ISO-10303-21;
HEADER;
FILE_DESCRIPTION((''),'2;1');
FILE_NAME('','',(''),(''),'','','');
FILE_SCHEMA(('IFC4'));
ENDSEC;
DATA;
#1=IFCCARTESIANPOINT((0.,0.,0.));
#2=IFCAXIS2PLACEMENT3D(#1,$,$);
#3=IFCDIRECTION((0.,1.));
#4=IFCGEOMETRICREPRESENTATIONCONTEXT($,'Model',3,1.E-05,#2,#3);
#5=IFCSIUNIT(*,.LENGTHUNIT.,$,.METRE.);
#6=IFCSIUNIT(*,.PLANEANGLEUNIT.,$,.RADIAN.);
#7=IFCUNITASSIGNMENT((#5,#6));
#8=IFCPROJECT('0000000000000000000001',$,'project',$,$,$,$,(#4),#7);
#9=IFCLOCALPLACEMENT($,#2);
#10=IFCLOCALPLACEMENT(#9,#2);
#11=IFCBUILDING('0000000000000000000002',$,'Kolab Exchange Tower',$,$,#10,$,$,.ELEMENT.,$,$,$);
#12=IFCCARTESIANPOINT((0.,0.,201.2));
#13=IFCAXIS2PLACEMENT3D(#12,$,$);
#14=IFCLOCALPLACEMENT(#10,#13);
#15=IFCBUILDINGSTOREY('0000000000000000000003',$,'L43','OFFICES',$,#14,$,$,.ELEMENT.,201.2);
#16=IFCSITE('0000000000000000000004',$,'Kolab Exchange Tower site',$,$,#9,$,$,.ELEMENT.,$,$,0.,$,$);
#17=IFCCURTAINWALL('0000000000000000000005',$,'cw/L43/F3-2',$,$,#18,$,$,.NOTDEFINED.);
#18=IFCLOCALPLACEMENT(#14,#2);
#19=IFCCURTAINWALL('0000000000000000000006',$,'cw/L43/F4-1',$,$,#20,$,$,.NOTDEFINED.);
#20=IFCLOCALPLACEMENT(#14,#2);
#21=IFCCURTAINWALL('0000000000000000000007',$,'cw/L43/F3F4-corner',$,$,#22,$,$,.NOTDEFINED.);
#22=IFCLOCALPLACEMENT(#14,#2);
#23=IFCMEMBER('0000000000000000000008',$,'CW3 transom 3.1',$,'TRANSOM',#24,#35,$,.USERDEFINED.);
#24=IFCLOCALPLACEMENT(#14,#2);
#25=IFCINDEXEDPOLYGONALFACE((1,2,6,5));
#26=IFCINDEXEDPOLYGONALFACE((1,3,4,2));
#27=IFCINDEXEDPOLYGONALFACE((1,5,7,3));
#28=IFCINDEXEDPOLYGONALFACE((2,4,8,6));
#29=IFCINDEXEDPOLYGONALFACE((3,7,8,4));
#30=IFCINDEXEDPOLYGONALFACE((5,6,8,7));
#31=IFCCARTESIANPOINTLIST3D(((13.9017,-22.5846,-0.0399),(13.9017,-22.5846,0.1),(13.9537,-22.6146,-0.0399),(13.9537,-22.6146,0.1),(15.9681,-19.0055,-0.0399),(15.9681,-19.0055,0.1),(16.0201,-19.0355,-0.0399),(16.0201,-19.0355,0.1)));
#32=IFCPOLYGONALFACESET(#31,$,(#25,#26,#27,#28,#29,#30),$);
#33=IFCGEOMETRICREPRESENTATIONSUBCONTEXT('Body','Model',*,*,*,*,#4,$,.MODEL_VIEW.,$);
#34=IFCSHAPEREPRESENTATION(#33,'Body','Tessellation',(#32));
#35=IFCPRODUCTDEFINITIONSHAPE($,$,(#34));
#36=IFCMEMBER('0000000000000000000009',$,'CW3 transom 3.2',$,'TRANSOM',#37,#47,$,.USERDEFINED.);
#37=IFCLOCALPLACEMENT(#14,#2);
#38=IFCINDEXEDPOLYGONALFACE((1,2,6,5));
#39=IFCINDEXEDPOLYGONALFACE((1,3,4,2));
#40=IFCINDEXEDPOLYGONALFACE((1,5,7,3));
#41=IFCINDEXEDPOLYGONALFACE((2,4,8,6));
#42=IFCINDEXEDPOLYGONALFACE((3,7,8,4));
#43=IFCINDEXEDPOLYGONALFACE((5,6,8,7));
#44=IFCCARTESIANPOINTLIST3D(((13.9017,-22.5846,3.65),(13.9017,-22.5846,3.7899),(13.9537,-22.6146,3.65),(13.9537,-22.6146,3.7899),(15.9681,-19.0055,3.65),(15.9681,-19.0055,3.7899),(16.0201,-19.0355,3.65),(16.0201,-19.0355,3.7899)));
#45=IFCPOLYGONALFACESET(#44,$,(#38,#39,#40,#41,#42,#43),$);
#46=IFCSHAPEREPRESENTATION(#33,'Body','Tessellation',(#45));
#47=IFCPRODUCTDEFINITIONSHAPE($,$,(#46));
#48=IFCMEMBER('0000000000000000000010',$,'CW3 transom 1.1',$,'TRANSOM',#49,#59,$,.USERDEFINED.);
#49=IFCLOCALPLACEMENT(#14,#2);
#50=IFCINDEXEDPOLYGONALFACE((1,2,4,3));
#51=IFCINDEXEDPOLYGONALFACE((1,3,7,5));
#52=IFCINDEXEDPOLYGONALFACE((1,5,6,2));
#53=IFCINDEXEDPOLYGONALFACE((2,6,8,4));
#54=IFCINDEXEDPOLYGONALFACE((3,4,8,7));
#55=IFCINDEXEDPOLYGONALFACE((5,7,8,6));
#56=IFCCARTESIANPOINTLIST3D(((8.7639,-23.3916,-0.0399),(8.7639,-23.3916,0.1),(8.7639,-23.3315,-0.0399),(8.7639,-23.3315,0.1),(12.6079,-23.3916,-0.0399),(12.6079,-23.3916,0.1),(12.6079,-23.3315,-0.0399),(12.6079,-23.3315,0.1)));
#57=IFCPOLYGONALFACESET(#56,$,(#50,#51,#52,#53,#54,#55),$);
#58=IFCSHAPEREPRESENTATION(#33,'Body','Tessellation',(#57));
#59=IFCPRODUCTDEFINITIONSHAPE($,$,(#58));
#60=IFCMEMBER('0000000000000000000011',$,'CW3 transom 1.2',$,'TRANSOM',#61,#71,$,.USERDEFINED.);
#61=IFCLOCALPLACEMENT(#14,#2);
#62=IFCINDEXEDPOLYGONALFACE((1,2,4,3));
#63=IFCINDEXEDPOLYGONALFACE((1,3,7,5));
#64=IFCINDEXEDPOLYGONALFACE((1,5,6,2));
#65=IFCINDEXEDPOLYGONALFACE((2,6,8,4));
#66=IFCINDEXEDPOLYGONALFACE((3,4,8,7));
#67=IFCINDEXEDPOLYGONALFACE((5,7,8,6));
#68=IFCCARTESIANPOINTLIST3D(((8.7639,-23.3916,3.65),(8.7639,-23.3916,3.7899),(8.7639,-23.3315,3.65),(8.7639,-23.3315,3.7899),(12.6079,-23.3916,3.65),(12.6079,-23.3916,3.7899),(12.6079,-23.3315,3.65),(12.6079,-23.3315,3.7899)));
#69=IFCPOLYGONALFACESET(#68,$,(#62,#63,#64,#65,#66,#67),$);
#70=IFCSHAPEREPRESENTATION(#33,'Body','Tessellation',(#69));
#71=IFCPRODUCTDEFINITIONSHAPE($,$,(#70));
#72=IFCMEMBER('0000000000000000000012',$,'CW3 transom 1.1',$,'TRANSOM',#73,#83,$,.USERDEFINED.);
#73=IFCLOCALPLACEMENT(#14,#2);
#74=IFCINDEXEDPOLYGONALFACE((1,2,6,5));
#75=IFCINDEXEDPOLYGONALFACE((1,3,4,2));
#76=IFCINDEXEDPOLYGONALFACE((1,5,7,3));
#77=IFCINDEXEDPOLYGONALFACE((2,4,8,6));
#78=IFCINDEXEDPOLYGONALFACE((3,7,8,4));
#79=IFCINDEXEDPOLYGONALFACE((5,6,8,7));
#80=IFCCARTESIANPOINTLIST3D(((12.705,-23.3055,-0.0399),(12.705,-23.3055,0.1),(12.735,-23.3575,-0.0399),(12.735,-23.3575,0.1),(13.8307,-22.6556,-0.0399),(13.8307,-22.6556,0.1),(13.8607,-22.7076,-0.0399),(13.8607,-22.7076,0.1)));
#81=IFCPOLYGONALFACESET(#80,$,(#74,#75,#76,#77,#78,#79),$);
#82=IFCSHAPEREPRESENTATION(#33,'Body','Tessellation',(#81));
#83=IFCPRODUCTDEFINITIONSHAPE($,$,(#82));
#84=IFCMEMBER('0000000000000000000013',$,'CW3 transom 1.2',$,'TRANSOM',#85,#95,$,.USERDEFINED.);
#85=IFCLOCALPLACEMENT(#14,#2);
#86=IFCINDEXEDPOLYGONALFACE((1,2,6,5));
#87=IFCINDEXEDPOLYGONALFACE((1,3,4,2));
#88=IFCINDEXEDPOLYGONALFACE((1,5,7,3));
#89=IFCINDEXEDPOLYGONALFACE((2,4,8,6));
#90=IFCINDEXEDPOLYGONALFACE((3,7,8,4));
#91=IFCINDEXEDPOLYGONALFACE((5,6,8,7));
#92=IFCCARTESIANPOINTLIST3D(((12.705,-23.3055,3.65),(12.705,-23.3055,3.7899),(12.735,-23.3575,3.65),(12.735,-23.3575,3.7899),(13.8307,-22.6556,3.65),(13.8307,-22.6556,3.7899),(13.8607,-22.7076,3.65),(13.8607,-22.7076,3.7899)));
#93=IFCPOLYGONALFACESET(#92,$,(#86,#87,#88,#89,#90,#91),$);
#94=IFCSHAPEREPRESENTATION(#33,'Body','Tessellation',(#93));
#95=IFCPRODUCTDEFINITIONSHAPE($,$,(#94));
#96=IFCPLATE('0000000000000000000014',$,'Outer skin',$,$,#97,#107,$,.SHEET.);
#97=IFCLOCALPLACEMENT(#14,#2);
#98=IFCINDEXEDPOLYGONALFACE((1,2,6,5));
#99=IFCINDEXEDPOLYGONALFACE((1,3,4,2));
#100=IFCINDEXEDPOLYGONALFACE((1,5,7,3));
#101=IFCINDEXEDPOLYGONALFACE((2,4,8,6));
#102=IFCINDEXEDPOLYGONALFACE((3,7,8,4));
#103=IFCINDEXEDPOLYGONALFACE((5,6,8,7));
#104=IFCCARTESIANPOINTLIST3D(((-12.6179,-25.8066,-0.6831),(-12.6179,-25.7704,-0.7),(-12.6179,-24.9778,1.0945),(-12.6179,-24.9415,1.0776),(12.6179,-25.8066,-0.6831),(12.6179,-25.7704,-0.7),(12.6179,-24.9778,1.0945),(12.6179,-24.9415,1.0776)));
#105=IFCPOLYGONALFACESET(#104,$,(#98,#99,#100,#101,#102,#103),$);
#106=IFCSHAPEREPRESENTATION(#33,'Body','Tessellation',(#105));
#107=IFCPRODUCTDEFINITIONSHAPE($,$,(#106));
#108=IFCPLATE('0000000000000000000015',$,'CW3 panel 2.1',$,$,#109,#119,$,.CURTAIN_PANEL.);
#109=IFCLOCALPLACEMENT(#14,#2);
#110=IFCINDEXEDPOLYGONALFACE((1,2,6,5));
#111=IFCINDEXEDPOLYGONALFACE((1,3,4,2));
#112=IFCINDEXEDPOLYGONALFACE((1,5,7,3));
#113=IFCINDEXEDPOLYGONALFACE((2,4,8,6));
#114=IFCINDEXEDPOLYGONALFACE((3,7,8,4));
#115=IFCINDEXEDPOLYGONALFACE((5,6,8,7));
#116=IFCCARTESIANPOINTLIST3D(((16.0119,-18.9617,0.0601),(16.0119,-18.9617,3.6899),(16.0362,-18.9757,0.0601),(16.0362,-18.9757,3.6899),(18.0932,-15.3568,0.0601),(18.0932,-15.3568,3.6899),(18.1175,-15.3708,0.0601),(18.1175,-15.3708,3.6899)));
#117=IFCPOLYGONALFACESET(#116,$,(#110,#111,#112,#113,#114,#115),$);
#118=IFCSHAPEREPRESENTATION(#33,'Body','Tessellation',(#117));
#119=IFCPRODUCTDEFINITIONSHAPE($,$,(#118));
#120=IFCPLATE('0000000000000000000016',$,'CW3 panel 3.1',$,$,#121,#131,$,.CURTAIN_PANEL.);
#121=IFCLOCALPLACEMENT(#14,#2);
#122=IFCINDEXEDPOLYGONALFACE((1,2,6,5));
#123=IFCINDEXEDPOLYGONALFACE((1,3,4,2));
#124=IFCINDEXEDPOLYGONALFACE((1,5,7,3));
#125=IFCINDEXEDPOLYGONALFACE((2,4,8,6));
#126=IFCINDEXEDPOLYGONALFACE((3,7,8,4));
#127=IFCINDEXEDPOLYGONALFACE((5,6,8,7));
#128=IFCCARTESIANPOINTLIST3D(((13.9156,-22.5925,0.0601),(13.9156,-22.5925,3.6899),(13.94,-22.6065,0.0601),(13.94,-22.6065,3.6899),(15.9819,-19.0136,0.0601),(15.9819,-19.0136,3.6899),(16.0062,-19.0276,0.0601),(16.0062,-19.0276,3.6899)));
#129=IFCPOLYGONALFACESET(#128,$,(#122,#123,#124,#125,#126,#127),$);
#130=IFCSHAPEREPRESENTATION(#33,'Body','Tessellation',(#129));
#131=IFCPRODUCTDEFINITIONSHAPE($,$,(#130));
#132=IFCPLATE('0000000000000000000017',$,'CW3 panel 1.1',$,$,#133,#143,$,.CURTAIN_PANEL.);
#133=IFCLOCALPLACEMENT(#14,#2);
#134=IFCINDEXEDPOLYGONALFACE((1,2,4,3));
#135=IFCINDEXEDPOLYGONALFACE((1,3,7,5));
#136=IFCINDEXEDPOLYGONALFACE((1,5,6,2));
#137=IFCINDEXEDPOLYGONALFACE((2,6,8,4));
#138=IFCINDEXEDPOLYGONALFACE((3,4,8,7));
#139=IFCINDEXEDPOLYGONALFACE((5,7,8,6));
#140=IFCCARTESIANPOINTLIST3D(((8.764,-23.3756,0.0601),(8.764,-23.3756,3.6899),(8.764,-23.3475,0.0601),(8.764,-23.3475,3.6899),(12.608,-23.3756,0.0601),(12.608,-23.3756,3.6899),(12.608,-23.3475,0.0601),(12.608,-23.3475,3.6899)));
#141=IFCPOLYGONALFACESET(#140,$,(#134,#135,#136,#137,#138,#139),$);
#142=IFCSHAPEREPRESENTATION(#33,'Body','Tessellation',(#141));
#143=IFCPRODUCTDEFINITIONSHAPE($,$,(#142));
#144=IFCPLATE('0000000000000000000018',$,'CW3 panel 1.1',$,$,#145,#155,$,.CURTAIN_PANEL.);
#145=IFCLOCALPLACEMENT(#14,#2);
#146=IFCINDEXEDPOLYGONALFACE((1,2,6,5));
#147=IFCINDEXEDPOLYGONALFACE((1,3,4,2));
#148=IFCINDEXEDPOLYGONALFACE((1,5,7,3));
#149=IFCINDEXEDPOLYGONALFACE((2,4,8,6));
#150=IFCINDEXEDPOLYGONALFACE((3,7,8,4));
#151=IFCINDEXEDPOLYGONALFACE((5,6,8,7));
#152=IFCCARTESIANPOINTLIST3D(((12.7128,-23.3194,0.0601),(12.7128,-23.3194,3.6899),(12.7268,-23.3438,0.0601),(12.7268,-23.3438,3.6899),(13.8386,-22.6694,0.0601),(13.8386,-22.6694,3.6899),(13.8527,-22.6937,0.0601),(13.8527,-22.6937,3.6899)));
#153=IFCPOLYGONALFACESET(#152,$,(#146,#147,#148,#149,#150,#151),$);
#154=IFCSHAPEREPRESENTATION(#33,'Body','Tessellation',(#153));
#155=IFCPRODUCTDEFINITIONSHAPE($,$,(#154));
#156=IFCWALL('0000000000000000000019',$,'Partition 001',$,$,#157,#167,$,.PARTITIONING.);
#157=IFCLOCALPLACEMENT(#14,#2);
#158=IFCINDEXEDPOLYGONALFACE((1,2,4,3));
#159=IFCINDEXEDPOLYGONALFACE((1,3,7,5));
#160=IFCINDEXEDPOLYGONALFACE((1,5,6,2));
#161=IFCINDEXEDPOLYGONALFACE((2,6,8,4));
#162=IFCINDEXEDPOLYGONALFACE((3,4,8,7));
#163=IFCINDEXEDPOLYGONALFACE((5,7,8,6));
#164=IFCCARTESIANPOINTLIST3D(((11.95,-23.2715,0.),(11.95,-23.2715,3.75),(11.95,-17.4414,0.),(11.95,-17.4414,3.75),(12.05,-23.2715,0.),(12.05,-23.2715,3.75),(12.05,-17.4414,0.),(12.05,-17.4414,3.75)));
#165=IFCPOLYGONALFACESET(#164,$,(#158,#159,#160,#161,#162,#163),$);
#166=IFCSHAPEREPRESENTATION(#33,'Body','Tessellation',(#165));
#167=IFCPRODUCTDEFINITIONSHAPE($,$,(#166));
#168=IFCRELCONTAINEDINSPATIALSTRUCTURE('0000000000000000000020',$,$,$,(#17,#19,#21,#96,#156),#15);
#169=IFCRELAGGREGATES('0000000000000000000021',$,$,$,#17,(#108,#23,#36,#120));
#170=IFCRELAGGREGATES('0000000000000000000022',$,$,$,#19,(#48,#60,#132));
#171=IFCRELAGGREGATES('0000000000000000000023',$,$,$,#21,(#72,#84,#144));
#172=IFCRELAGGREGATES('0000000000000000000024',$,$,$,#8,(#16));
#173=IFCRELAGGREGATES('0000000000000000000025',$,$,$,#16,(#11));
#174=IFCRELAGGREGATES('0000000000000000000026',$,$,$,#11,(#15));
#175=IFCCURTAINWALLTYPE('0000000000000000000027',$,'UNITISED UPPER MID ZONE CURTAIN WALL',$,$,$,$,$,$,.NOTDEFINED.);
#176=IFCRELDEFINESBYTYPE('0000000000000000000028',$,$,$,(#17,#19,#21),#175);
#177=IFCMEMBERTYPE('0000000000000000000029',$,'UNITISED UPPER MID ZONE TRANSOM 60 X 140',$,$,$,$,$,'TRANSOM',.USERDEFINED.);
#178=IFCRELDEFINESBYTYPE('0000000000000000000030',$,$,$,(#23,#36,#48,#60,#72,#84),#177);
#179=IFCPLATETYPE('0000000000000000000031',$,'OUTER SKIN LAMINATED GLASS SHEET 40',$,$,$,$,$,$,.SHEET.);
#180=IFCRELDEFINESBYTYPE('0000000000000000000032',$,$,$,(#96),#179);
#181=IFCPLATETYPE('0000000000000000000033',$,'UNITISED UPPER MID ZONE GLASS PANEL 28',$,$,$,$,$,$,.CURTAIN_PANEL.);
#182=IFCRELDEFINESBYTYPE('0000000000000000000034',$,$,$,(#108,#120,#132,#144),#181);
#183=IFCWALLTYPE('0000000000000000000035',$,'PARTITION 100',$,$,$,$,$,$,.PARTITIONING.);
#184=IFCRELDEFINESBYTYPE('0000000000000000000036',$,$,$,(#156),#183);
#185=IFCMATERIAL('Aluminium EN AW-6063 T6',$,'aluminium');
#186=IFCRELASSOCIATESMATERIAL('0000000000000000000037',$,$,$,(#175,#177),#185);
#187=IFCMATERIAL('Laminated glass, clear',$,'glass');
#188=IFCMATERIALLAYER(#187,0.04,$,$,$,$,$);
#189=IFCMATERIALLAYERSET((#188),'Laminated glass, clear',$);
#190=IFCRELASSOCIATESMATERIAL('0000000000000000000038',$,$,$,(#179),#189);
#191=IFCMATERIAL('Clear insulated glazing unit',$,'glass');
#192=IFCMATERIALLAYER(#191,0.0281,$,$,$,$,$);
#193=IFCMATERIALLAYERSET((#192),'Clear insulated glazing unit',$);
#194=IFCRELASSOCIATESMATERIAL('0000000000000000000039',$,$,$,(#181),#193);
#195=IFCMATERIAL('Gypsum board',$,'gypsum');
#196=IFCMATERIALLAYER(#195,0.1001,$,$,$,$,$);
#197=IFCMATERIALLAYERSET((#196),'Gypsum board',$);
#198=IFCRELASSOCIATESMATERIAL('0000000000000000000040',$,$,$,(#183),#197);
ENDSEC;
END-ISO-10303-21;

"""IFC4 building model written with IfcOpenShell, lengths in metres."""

from ifc_helpers import new_model, si_unit, direction, frame, frame_2d, origin, origin_2d, place, context, subcontext, project, spatial, polyline, rectangle, outline, extrude, material, layer, layer_set, material_profile, profile_set, type_object, element, aggregate, save


model = new_model("IFC4")

# Units and contexts
model_context = context("Model", 3, precision=1e-05, world=origin(), true_north=direction((0.0, 1.0)))
body_context = subcontext(model_context, "Body", "Model", "MODEL_VIEW")
ifc_project = project(units=[si_unit("LENGTHUNIT", "METRE"), si_unit("PLANEANGLEUNIT", "RADIAN")], contexts=[model_context])

# Site, building, storey
site_placement = place(None, origin())
site = spatial("IfcSite", under=ifc_project, at=site_placement, Name="Kolab Exchange Tower site", CompositionType="ELEMENT", RefElevation=0.0)
building_placement = place(site_placement, origin())
building = spatial("IfcBuilding", under=site, at=building_placement, Name="Kolab Exchange Tower", CompositionType="ELEMENT")
storey_placement = place(building_placement, frame((0.0, 0.0, 201.2)))
storey = spatial("IfcBuildingStorey", under=building, at=storey_placement, Name="L43", Description="OFFICES", CompositionType="ELEMENT", Elevation=201.2)

# Curtain wall
ifc_material_1 = material(Name="Aluminium EN AW-6063 T6", Category="aluminium")
curtain_wall_type = type_object("IfcCurtainWallType", Name="UNITISED UPPER MID ZONE CURTAIN WALL", PredefinedType="NOTDEFINED", material=ifc_material_1)
curtain_wall_1_placement = place(storey_placement, origin())
curtain_wall_1 = element("IfcCurtainWall", 1, at=curtain_wall_1_placement, inside=storey, type_object=curtain_wall_type, Name="cw/L43/F3-2", PredefinedType="NOTDEFINED")

# Curtain wall
curtain_wall_2_placement = place(storey_placement, origin())
curtain_wall_2 = element("IfcCurtainWall", 2, at=curtain_wall_2_placement, inside=storey, type_object=curtain_wall_type, Name="cw/L43/F4-1", PredefinedType="NOTDEFINED")

# Curtain wall
curtain_wall_3_placement = place(storey_placement, origin())
curtain_wall_3 = element("IfcCurtainWall", 3, at=curtain_wall_3_placement, inside=storey, type_object=curtain_wall_type, Name="cw/L43/F3F4-corner", PredefinedType="NOTDEFINED")

# Members
ifc_material_profile_1 = material_profile(ifc_material_1, rectangle(XDim=0.0601, YDim=0.1399, at=origin_2d()), Name="RECT 60X140")
ifc_profile_set_1 = profile_set([ifc_material_profile_1], Name="Aluminium EN AW-6063 T6")
member_type_1 = type_object("IfcMemberType", Name="UNITISED UPPER MID ZONE TRANSOM 60 X 140", ElementType="TRANSOM", PredefinedType="USERDEFINED", material=ifc_profile_set_1)
member_1_placement = place(storey_placement, frame((15.9941, -19.0205, 0.03), z_axis=(-0.500002, -0.866024, 0.0), x_axis=(0.866024, -0.500002, 0.0)))
member_1 = element("IfcMember", 4, at=member_1_placement, type_object=member_type_1, Name="CW3 transom 3.1", ObjectType="TRANSOM", PredefinedType="USERDEFINED", context=body_context, shape_type="SweptSolid", body=[
    extrude(rectangle(XDim=0.0601, YDim=0.1399, at=origin_2d()), origin(), (0.0, 0.0, 1.0), 4.1328),
])
member_2_placement = place(storey_placement, frame((15.9941, -19.0205, 3.72), z_axis=(-0.500002, -0.866024, 0.0), x_axis=(0.866024, -0.500002, 0.0)))
member_2 = element("IfcMember", 5, at=member_2_placement, type_object=member_type_1, Name="CW3 transom 3.2", ObjectType="TRANSOM", PredefinedType="USERDEFINED", context=body_context, shape_type="SweptSolid", body=[
    extrude(rectangle(XDim=0.0601, YDim=0.1399, at=origin_2d()), origin(), (0.0, 0.0, 1.0), 4.1328),
])
member_3_placement = place(storey_placement, frame((12.6079, -23.3616, 0.03), z_axis=(-1.0, 0.0, 0.0), x_axis=(0.0, -1.0, 0.0)))
member_3 = element("IfcMember", 6, at=member_3_placement, type_object=member_type_1, Name="CW3 transom 1.1", ObjectType="TRANSOM", PredefinedType="USERDEFINED", context=body_context, shape_type="SweptSolid", body=[
    extrude(rectangle(XDim=0.0601, YDim=0.1399, at=origin_2d()), origin(), (0.0, 0.0, 1.0), 3.844),
])
member_4_placement = place(storey_placement, frame((12.6079, -23.3616, 3.72), z_axis=(-1.0, 0.0, 0.0), x_axis=(0.0, -1.0, 0.0)))
member_4 = element("IfcMember", 7, at=member_4_placement, type_object=member_type_1, Name="CW3 transom 1.2", ObjectType="TRANSOM", PredefinedType="USERDEFINED", context=body_context, shape_type="SweptSolid", body=[
    extrude(rectangle(XDim=0.0601, YDim=0.1399, at=origin_2d()), origin(), (0.0, 0.0, 1.0), 3.844),
])
member_5_placement = place(storey_placement, frame((13.8457, -22.6816, 0.03), z_axis=(-0.866039, -0.499977, 0.0), x_axis=(0.499977, -0.866039, 0.0)))
member_5 = element("IfcMember", 8, at=member_5_placement, type_object=member_type_1, Name="CW3 transom 1.1", ObjectType="TRANSOM", PredefinedType="USERDEFINED", context=body_context, shape_type="SweptSolid", body=[
    extrude(rectangle(XDim=0.0601, YDim=0.1399, at=origin_2d()), origin(), (0.0, 0.0, 1.0), 1.2998),
])
member_6_placement = place(storey_placement, frame((13.8457, -22.6816, 3.72), z_axis=(-0.866039, -0.499977, 0.0), x_axis=(0.499977, -0.866039, 0.0)))
member_6 = element("IfcMember", 9, at=member_6_placement, type_object=member_type_1, Name="CW3 transom 1.2", ObjectType="TRANSOM", PredefinedType="USERDEFINED", context=body_context, shape_type="SweptSolid", body=[
    extrude(rectangle(XDim=0.0601, YDim=0.1399, at=origin_2d()), origin(), (0.0, 0.0, 1.0), 1.2998),
])

# Plates
ifc_material_2 = material(Name="Laminated glass, clear", Category="glass")
ifc_layer_1 = layer(ifc_material_2, 0.04)
ifc_layer_set_1 = layer_set([ifc_layer_1], Name="Laminated glass, clear")
plate_type_1 = type_object("IfcPlateType", Name="OUTER SKIN LAMINATED GLASS SHEET 40", PredefinedType="SHEET", material=ifc_layer_set_1)
plate_1_placement = place(storey_placement, frame((12.6179, -25.8066, -0.6831), z_axis=(0.0, -0.906317, 0.422599), x_axis=(-1.0, 0.0, 0.0)))
element("IfcPlate", 10, at=plate_1_placement, inside=storey, type_object=plate_type_1, Name="Outer skin", PredefinedType="SHEET", context=body_context, shape_type="SweptSolid", body=[
    extrude(outline(polyline([(0.0, 0.0), (25.2358, 0.0), (25.2358, -1.9613), (0.0, -1.9613), (0.0, 0.0)])), origin(), (0.0, 0.0, -1.0), 0.04),
])
ifc_material_3 = material(Name="Clear insulated glazing unit", Category="glass")
ifc_layer_2 = layer(ifc_material_3, 0.0281)
ifc_layer_set_2 = layer_set([ifc_layer_2], Name="Clear insulated glazing unit")
plate_type_2 = type_object("IfcPlateType", Name="UNITISED UPPER MID ZONE GLASS PANEL 28", PredefinedType="CURTAIN_PANEL", material=ifc_layer_set_2)
plate_2_placement = place(storey_placement, frame((17.0647, -17.1663, 0.0601), z_axis=(0.0, 0.0, 1.0), x_axis=(-0.5, -0.866025, 0.0)))
plate_2 = element("IfcPlate", 11, at=plate_2_placement, type_object=plate_type_2, Name="CW3 panel 2.1", PredefinedType="CURTAIN_PANEL", context=body_context, shape_type="SweptSolid", body=[
    extrude(rectangle(XDim=4.1626, YDim=0.0281, at=origin_2d()), origin(), (0.0, 0.0, 1.0), 3.6299),
])
plate_3_placement = place(storey_placement, frame((14.9609, -20.8101, 0.0601), z_axis=(0.0, 0.0, 1.0), x_axis=(-0.5, -0.866025, 0.0)))
plate_3 = element("IfcPlate", 12, at=plate_3_placement, type_object=plate_type_2, Name="CW3 panel 3.1", PredefinedType="CURTAIN_PANEL", context=body_context, shape_type="SweptSolid", body=[
    extrude(rectangle(XDim=4.1326, YDim=0.0281, at=origin_2d()), origin(), (0.0, 0.0, 1.0), 3.6299),
])
aggregate(curtain_wall_1, [plate_2, member_1, member_2, plate_3])
plate_4_placement = place(storey_placement, frame((10.686, -23.3616, 0.0601), z_axis=(0.0, 0.0, 1.0), x_axis=(-1.0, 0.0, 0.0)))
plate_4 = element("IfcPlate", 13, at=plate_4_placement, type_object=plate_type_2, Name="CW3 panel 1.1", PredefinedType="CURTAIN_PANEL", context=body_context, shape_type="SweptSolid", body=[
    extrude(rectangle(XDim=3.844, YDim=0.0281, at=origin_2d()), origin(), (0.0, 0.0, 1.0), 3.6299),
])
aggregate(curtain_wall_2, [member_3, member_4, plate_4])
plate_5_placement = place(storey_placement, frame((13.2827, -23.0066, 0.0601), z_axis=(0.0, 0.0, 1.0), x_axis=(-0.866025, -0.5, 0.0)))
plate_5 = element("IfcPlate", 14, at=plate_5_placement, type_object=plate_type_2, Name="CW3 panel 1.1", PredefinedType="CURTAIN_PANEL", context=body_context, shape_type="SweptSolid", body=[
    extrude(rectangle(XDim=1.3, YDim=0.0281, at=origin_2d()), origin(), (0.0, 0.0, 1.0), 3.6299),
])
aggregate(curtain_wall_3, [member_5, member_6, plate_5])

# Wall
ifc_material_4 = material(Name="Gypsum board", Category="gypsum")
ifc_layer_3 = layer(ifc_material_4, 0.1001)
ifc_layer_set_3 = layer_set([ifc_layer_3], Name="Gypsum board")
wall_type = type_object("IfcWallType", Name="PARTITION 100", PredefinedType="PARTITIONING", material=ifc_layer_set_3)
wall_placement = place(storey_placement, frame((12.0, -23.2715, 0.0), z_axis=(0.0, 0.0, 1.0), x_axis=(0.0, 1.0, 0.0)))
element("IfcWall", 15, at=wall_placement, inside=storey, type_object=wall_type, Name="Partition 001", PredefinedType="PARTITIONING", context=body_context, shape_type="SweptSolid", body=[
    extrude(rectangle(XDim=5.8301, YDim=0.1001, at=frame_2d((2.915, 0.0))), origin(), (0.0, 0.0, 1.0), 3.75),
])

save(model, "model.ifc")
